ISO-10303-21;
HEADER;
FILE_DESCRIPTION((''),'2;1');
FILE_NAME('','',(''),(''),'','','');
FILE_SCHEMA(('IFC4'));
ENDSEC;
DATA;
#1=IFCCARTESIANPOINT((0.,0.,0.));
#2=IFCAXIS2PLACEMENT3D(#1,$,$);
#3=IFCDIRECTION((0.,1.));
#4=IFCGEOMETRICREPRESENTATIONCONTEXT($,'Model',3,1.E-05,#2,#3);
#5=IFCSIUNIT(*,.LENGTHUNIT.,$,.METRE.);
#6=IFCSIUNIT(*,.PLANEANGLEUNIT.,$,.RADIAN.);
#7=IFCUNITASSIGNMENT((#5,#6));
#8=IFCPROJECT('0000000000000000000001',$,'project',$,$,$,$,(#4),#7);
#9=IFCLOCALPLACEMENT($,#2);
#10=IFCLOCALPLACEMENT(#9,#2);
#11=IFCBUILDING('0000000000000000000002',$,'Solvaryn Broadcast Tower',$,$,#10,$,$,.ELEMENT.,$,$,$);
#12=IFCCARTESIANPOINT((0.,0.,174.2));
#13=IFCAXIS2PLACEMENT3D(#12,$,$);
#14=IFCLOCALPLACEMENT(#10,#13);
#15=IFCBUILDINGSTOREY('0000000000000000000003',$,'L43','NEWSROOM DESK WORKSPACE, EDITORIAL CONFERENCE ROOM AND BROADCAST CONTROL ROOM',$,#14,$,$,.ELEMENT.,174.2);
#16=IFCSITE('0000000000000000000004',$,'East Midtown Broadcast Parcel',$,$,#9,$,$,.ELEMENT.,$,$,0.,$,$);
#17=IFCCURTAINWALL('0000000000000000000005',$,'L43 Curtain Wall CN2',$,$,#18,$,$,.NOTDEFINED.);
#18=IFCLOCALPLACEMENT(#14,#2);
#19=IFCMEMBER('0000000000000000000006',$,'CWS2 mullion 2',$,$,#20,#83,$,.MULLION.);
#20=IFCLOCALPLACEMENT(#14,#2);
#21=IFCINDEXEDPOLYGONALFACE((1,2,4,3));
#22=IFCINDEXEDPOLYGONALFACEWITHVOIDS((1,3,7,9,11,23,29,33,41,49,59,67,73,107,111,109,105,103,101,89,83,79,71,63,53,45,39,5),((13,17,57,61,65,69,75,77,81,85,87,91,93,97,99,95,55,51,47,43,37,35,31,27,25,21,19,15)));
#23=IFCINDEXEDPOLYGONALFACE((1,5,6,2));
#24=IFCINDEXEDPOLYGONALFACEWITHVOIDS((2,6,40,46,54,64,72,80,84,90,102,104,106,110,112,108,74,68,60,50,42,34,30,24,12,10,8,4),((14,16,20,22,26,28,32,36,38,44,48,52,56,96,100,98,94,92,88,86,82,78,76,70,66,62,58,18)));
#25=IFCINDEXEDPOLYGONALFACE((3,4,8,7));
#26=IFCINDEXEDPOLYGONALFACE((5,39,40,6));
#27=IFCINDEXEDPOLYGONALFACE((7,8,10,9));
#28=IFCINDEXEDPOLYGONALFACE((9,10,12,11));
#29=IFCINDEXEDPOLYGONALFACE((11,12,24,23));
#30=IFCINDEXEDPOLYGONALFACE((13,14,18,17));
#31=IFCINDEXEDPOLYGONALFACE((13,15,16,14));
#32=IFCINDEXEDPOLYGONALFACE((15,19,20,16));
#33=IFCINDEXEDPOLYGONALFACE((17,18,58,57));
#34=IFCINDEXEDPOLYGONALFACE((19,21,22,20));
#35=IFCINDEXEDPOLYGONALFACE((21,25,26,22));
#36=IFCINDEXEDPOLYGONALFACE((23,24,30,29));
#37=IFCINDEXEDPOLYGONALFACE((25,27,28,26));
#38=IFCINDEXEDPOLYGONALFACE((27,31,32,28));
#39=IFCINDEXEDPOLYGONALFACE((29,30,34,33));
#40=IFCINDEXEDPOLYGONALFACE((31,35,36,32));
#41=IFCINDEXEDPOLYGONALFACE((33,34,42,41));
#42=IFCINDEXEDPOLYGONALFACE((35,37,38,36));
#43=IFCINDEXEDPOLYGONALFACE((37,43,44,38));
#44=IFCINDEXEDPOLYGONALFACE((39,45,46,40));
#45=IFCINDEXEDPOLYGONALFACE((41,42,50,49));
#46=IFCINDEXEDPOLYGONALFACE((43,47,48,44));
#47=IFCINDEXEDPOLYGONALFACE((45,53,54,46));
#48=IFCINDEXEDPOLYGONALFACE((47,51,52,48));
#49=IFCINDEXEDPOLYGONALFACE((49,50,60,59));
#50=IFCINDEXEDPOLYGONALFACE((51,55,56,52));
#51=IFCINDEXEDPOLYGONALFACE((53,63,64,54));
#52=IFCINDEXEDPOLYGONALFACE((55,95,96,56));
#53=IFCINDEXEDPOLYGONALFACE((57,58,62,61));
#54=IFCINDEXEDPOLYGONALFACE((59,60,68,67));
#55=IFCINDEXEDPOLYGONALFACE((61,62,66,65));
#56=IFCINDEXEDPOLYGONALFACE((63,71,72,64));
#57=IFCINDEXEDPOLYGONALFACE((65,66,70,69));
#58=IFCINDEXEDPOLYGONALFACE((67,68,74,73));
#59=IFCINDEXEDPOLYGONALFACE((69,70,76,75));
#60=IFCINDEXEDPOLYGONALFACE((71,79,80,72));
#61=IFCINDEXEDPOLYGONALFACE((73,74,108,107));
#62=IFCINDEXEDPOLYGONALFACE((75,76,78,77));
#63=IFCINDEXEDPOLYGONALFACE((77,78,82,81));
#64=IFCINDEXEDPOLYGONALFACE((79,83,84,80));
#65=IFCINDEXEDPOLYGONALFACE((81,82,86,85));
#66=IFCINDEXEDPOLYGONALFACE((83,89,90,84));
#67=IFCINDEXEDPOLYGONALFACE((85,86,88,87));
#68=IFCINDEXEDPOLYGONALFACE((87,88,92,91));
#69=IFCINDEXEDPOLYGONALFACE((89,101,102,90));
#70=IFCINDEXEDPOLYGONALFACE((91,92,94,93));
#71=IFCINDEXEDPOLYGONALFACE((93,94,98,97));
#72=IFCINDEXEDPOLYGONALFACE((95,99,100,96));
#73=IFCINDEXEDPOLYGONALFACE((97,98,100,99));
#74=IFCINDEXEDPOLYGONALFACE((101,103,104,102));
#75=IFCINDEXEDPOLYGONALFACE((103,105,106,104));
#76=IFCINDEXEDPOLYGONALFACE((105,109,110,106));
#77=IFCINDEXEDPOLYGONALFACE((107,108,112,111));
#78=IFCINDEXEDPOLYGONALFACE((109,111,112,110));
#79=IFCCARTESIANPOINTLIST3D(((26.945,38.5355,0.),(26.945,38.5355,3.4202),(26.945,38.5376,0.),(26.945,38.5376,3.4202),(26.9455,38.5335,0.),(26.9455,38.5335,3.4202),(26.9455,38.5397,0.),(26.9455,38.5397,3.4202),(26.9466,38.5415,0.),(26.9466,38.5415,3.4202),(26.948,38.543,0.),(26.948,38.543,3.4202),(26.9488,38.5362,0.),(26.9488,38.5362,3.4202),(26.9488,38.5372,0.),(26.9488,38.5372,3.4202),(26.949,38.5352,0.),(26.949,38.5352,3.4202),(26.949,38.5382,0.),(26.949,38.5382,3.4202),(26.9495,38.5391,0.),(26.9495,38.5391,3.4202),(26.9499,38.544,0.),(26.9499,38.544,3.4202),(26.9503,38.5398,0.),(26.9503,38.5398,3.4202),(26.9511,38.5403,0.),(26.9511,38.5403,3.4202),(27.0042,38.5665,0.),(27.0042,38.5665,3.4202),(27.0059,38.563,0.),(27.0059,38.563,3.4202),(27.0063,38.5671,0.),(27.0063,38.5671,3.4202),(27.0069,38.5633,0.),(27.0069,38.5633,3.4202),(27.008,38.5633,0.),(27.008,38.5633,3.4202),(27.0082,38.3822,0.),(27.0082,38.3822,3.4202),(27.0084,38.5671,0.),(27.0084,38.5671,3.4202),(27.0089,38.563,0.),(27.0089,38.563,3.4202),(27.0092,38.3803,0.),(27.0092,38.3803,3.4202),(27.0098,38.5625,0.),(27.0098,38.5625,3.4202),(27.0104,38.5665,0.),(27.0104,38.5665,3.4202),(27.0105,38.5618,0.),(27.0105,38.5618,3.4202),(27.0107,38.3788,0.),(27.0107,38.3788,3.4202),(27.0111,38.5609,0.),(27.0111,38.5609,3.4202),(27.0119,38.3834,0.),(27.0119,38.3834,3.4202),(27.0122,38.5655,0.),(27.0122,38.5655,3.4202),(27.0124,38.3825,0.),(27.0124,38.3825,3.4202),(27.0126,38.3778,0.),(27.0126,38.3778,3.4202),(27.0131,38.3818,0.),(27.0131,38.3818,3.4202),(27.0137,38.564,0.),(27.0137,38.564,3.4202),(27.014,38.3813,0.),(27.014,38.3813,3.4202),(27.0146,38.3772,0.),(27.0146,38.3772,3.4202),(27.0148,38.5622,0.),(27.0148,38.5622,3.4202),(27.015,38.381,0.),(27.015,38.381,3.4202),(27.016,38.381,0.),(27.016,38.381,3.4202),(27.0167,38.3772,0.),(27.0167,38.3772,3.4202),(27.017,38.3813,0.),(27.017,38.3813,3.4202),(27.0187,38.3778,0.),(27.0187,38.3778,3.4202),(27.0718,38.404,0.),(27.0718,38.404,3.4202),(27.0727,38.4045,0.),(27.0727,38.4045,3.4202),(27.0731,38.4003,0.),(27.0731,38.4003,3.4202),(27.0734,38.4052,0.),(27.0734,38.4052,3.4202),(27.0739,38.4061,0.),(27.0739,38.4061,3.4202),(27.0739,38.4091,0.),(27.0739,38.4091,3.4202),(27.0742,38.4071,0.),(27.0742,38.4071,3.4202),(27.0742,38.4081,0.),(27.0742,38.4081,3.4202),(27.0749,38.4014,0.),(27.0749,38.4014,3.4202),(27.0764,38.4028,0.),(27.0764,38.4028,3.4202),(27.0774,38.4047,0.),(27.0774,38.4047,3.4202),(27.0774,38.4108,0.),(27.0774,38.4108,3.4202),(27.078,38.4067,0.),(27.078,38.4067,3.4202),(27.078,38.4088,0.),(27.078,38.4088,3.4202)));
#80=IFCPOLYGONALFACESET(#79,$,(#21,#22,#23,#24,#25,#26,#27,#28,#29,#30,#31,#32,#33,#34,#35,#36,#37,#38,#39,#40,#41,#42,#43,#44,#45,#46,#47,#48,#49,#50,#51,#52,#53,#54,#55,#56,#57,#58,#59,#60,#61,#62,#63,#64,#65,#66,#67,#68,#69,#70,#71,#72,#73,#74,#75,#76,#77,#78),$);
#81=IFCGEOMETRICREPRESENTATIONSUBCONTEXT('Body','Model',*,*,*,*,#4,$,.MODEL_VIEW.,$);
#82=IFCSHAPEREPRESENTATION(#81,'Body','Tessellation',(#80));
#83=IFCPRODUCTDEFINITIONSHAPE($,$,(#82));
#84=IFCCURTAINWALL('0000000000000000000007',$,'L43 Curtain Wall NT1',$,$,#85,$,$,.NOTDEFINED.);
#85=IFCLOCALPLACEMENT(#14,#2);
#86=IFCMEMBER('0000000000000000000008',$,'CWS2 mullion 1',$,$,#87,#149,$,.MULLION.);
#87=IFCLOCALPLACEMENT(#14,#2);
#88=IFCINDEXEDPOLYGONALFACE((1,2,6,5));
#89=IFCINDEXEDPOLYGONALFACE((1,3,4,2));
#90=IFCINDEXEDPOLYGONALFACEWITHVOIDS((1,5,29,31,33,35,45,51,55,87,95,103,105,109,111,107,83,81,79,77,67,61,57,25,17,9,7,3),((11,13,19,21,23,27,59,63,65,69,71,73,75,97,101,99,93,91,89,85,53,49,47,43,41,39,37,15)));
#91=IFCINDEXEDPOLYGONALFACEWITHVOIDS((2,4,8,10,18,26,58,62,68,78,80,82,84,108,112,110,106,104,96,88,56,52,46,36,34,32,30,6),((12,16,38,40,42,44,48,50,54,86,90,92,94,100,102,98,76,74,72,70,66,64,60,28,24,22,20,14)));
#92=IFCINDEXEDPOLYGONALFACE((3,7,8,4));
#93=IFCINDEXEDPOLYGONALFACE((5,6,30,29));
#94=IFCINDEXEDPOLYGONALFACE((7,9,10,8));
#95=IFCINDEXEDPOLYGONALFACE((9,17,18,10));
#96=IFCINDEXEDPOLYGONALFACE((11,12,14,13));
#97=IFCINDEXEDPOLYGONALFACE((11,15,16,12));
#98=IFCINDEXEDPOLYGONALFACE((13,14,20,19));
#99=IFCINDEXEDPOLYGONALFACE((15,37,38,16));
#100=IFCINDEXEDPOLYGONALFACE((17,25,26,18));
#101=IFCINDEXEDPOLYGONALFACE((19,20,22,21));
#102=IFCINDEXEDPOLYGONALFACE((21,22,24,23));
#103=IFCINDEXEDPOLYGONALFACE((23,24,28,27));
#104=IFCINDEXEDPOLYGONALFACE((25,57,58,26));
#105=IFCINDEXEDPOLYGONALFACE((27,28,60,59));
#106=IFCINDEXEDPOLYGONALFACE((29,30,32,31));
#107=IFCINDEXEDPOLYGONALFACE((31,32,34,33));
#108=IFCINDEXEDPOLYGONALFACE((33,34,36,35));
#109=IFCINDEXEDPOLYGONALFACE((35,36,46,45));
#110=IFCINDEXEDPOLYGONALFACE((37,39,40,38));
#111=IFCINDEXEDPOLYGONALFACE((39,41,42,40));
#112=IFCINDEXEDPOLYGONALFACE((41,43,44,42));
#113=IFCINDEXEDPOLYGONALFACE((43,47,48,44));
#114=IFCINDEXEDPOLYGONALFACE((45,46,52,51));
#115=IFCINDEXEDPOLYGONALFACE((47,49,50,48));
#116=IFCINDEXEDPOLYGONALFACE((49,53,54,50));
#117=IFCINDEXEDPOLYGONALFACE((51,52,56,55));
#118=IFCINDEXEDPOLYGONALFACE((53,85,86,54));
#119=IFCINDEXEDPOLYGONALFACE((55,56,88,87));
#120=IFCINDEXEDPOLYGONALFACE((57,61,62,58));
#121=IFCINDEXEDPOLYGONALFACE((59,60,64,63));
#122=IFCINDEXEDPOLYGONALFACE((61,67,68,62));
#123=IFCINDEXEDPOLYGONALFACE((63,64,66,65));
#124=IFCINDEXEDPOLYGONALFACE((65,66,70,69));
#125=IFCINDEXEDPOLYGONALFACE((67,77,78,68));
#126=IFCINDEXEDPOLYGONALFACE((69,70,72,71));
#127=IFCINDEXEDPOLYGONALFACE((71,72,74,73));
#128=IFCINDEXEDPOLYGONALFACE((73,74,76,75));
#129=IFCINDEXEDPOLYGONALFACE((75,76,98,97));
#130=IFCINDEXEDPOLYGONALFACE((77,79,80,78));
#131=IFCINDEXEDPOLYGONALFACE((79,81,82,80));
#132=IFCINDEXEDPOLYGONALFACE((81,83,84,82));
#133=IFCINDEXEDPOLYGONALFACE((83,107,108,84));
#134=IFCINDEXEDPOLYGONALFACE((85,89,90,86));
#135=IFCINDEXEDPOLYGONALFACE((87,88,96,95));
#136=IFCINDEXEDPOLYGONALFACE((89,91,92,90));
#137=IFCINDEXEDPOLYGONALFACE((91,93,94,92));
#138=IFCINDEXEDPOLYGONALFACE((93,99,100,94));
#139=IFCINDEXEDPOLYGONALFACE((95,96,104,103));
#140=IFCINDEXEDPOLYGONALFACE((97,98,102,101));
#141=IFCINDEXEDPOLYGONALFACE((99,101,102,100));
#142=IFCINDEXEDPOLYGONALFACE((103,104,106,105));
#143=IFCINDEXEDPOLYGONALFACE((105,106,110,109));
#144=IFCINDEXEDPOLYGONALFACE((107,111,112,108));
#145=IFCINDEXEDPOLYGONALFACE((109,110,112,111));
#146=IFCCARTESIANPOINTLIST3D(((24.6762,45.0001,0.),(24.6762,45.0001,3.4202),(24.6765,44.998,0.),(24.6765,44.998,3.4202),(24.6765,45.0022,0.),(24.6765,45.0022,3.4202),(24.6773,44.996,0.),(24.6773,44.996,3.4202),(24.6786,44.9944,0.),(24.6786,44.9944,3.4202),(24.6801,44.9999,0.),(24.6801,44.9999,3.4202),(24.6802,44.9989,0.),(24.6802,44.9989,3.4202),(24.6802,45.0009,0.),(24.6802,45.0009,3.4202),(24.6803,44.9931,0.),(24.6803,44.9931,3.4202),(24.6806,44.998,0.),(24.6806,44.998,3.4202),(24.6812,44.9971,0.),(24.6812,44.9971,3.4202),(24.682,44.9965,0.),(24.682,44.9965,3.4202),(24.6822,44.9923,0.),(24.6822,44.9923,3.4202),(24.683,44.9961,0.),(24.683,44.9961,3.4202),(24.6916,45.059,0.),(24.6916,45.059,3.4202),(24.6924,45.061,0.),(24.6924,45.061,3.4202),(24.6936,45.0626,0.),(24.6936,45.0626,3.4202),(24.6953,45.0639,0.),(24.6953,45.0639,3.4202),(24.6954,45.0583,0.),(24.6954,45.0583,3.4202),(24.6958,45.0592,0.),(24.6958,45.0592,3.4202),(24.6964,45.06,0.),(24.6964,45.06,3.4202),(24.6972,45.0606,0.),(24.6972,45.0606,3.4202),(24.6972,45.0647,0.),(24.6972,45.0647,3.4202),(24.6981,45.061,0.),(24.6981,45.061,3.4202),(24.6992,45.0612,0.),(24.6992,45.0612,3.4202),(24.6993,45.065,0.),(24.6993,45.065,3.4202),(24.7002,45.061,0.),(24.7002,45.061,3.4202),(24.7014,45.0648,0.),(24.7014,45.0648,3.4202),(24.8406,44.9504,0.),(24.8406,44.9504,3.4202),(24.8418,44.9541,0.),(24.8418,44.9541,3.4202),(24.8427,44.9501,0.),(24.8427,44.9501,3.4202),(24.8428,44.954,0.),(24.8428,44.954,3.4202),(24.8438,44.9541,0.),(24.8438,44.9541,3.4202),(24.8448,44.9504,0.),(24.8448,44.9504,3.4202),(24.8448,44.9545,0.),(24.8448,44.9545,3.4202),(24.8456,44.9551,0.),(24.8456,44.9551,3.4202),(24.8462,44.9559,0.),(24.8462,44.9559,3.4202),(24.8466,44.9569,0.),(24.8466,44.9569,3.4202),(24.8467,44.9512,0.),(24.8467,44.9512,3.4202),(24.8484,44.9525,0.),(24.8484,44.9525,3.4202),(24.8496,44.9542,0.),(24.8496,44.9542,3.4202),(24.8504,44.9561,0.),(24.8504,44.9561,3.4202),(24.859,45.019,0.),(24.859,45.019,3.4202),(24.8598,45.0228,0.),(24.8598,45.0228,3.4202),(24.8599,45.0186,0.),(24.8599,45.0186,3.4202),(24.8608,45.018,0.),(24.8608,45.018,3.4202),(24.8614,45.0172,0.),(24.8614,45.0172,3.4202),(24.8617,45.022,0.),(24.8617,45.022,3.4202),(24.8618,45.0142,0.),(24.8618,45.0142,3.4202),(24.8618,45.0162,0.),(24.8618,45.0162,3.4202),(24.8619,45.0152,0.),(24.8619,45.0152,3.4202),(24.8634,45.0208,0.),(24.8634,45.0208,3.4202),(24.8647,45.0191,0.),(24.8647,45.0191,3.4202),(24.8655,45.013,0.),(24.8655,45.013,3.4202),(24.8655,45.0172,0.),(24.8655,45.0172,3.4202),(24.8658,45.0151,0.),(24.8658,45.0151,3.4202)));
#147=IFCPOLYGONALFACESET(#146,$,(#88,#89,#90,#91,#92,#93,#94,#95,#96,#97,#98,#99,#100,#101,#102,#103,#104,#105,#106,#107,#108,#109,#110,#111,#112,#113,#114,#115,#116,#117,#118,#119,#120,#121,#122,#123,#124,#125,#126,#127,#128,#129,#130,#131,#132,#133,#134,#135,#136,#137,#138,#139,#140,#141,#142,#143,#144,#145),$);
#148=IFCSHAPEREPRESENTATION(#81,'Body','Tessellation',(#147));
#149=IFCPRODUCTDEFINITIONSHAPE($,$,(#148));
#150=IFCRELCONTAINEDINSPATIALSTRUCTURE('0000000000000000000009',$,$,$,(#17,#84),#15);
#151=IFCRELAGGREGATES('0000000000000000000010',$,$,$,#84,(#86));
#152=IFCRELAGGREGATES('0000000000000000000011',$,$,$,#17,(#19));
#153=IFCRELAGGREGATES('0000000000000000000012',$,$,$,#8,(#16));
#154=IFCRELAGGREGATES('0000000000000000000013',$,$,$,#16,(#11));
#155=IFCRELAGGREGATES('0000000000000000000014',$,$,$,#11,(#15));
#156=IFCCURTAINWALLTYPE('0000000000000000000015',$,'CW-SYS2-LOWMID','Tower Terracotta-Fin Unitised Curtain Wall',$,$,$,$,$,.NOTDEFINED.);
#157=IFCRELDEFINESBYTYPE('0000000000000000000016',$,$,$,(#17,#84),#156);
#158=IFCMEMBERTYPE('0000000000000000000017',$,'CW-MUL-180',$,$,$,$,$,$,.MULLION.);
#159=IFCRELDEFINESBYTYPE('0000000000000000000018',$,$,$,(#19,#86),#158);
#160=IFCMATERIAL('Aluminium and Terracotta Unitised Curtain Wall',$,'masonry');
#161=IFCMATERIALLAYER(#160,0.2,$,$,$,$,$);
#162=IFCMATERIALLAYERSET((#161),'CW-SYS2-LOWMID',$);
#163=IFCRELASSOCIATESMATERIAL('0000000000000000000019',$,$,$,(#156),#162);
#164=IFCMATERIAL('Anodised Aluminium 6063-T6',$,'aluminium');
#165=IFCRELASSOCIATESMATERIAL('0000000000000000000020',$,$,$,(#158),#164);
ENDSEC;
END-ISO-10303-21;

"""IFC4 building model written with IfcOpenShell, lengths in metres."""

from ifc_helpers import new_model, si_unit, direction, frame, origin, origin_2d, place, context, subcontext, project, spatial, hollow_rectangle, extrude, material, layer, layer_set, material_profile, profile_set, type_object, element, aggregate, save


model = new_model("IFC4")

# Units and contexts
model_context = context("Model", 3, precision=1e-05, world=origin(), true_north=direction((0.0, 1.0)))
body_context = subcontext(model_context, "Body", "Model", "MODEL_VIEW")
ifc_project = project(units=[si_unit("LENGTHUNIT", "METRE"), si_unit("PLANEANGLEUNIT", "RADIAN")], contexts=[model_context])

# Site, building, storey
site_placement = place(None, origin())
site = spatial("IfcSite", under=ifc_project, at=site_placement, Name="East Midtown Broadcast Parcel", CompositionType="ELEMENT", RefElevation=0.0)
building_placement = place(site_placement, origin())
building = spatial("IfcBuilding", under=site, at=building_placement, Name="Solvaryn Broadcast Tower", CompositionType="ELEMENT")
storey_placement = place(building_placement, frame((0.0, 0.0, 174.2)))
storey = spatial("IfcBuildingStorey", under=building, at=storey_placement, Name="L43", Description="NEWSROOM DESK WORKSPACE, EDITORIAL CONFERENCE ROOM AND BROADCAST CONTROL ROOM", CompositionType="ELEMENT", Elevation=174.2)

# Shared definitions
ifc_material_1 = material(Name="Aluminium and Terracotta Unitised Curtain Wall", Category="masonry")
ifc_layer_1 = layer(ifc_material_1, 0.2)
ifc_layer_set_1 = layer_set([ifc_layer_1], Name="CW-SYS2-LOWMID")
curtain_wall_type = type_object("IfcCurtainWallType", Name="CW-SYS2-LOWMID", Description="Tower Terracotta-Fin Unitised Curtain Wall", PredefinedType="NOTDEFINED", material=ifc_layer_set_1)
ifc_material_2 = material(Name="Anodised Aluminium 6063-T6", Category="aluminium")
ifc_material_profile_1 = material_profile(ifc_material_2, hollow_rectangle(XDim=0.075, YDim=0.1799, WallThickness=0.0039, InnerFilletRadius=0.0039, OuterFilletRadius=0.0081, at=origin_2d()))
ifc_profile_set_1 = profile_set([ifc_material_profile_1], Name="Anodised Aluminium 6063-T6")
member_type_1 = type_object("IfcMemberType", Name="CW-MUL-180", PredefinedType="MULLION", material=ifc_profile_set_1)

# Curtain walls, members
curtain_wall_1_placement = place(storey_placement, origin())
curtain_wall_1 = element("IfcCurtainWall", 1, at=curtain_wall_1_placement, inside=storey, type_object=curtain_wall_type, Name="L43 Curtain Wall CN2", PredefinedType="NOTDEFINED")
member_1_placement = place(storey_placement, frame((27.0115, 38.4722, 0.0), z_axis=(0.0, 0.0, 1.0), x_axis=(-0.923895, -0.382646, 0.0)))
member_1 = element("IfcMember", 2, at=member_1_placement, type_object=member_type_1, Name="CWS2 mullion 2", PredefinedType="MULLION", context=body_context, shape_type="SweptSolid", body=[
    extrude(hollow_rectangle(XDim=0.075, YDim=0.1799, WallThickness=0.0039, InnerFilletRadius=0.0039, OuterFilletRadius=0.0081, at=origin_2d()), origin(), (0.0, 0.0, 1.0), 3.4202),
])
curtain_wall_2_placement = place(storey_placement, origin())
curtain_wall_2 = element("IfcCurtainWall", 3, at=curtain_wall_2_placement, inside=storey, type_object=curtain_wall_type, Name="L43 Curtain Wall NT1", PredefinedType="NOTDEFINED")
member_2_placement = place(storey_placement, frame((24.771, 45.0076, 0.0), z_axis=(0.0, 0.0, 1.0), x_axis=(-0.255893, -0.966705, 0.0)))
member_2 = element("IfcMember", 4, at=member_2_placement, type_object=member_type_1, Name="CWS2 mullion 1", PredefinedType="MULLION", context=body_context, shape_type="SweptSolid", body=[
    extrude(hollow_rectangle(XDim=0.075, YDim=0.1799, WallThickness=0.0039, InnerFilletRadius=0.0039, OuterFilletRadius=0.0081, at=origin_2d()), origin(), (0.0, 0.0, 1.0), 3.4202),
])

aggregate(curtain_wall_2, [member_2])

aggregate(curtain_wall_1, [member_1])

save(model, "model.ifc")
